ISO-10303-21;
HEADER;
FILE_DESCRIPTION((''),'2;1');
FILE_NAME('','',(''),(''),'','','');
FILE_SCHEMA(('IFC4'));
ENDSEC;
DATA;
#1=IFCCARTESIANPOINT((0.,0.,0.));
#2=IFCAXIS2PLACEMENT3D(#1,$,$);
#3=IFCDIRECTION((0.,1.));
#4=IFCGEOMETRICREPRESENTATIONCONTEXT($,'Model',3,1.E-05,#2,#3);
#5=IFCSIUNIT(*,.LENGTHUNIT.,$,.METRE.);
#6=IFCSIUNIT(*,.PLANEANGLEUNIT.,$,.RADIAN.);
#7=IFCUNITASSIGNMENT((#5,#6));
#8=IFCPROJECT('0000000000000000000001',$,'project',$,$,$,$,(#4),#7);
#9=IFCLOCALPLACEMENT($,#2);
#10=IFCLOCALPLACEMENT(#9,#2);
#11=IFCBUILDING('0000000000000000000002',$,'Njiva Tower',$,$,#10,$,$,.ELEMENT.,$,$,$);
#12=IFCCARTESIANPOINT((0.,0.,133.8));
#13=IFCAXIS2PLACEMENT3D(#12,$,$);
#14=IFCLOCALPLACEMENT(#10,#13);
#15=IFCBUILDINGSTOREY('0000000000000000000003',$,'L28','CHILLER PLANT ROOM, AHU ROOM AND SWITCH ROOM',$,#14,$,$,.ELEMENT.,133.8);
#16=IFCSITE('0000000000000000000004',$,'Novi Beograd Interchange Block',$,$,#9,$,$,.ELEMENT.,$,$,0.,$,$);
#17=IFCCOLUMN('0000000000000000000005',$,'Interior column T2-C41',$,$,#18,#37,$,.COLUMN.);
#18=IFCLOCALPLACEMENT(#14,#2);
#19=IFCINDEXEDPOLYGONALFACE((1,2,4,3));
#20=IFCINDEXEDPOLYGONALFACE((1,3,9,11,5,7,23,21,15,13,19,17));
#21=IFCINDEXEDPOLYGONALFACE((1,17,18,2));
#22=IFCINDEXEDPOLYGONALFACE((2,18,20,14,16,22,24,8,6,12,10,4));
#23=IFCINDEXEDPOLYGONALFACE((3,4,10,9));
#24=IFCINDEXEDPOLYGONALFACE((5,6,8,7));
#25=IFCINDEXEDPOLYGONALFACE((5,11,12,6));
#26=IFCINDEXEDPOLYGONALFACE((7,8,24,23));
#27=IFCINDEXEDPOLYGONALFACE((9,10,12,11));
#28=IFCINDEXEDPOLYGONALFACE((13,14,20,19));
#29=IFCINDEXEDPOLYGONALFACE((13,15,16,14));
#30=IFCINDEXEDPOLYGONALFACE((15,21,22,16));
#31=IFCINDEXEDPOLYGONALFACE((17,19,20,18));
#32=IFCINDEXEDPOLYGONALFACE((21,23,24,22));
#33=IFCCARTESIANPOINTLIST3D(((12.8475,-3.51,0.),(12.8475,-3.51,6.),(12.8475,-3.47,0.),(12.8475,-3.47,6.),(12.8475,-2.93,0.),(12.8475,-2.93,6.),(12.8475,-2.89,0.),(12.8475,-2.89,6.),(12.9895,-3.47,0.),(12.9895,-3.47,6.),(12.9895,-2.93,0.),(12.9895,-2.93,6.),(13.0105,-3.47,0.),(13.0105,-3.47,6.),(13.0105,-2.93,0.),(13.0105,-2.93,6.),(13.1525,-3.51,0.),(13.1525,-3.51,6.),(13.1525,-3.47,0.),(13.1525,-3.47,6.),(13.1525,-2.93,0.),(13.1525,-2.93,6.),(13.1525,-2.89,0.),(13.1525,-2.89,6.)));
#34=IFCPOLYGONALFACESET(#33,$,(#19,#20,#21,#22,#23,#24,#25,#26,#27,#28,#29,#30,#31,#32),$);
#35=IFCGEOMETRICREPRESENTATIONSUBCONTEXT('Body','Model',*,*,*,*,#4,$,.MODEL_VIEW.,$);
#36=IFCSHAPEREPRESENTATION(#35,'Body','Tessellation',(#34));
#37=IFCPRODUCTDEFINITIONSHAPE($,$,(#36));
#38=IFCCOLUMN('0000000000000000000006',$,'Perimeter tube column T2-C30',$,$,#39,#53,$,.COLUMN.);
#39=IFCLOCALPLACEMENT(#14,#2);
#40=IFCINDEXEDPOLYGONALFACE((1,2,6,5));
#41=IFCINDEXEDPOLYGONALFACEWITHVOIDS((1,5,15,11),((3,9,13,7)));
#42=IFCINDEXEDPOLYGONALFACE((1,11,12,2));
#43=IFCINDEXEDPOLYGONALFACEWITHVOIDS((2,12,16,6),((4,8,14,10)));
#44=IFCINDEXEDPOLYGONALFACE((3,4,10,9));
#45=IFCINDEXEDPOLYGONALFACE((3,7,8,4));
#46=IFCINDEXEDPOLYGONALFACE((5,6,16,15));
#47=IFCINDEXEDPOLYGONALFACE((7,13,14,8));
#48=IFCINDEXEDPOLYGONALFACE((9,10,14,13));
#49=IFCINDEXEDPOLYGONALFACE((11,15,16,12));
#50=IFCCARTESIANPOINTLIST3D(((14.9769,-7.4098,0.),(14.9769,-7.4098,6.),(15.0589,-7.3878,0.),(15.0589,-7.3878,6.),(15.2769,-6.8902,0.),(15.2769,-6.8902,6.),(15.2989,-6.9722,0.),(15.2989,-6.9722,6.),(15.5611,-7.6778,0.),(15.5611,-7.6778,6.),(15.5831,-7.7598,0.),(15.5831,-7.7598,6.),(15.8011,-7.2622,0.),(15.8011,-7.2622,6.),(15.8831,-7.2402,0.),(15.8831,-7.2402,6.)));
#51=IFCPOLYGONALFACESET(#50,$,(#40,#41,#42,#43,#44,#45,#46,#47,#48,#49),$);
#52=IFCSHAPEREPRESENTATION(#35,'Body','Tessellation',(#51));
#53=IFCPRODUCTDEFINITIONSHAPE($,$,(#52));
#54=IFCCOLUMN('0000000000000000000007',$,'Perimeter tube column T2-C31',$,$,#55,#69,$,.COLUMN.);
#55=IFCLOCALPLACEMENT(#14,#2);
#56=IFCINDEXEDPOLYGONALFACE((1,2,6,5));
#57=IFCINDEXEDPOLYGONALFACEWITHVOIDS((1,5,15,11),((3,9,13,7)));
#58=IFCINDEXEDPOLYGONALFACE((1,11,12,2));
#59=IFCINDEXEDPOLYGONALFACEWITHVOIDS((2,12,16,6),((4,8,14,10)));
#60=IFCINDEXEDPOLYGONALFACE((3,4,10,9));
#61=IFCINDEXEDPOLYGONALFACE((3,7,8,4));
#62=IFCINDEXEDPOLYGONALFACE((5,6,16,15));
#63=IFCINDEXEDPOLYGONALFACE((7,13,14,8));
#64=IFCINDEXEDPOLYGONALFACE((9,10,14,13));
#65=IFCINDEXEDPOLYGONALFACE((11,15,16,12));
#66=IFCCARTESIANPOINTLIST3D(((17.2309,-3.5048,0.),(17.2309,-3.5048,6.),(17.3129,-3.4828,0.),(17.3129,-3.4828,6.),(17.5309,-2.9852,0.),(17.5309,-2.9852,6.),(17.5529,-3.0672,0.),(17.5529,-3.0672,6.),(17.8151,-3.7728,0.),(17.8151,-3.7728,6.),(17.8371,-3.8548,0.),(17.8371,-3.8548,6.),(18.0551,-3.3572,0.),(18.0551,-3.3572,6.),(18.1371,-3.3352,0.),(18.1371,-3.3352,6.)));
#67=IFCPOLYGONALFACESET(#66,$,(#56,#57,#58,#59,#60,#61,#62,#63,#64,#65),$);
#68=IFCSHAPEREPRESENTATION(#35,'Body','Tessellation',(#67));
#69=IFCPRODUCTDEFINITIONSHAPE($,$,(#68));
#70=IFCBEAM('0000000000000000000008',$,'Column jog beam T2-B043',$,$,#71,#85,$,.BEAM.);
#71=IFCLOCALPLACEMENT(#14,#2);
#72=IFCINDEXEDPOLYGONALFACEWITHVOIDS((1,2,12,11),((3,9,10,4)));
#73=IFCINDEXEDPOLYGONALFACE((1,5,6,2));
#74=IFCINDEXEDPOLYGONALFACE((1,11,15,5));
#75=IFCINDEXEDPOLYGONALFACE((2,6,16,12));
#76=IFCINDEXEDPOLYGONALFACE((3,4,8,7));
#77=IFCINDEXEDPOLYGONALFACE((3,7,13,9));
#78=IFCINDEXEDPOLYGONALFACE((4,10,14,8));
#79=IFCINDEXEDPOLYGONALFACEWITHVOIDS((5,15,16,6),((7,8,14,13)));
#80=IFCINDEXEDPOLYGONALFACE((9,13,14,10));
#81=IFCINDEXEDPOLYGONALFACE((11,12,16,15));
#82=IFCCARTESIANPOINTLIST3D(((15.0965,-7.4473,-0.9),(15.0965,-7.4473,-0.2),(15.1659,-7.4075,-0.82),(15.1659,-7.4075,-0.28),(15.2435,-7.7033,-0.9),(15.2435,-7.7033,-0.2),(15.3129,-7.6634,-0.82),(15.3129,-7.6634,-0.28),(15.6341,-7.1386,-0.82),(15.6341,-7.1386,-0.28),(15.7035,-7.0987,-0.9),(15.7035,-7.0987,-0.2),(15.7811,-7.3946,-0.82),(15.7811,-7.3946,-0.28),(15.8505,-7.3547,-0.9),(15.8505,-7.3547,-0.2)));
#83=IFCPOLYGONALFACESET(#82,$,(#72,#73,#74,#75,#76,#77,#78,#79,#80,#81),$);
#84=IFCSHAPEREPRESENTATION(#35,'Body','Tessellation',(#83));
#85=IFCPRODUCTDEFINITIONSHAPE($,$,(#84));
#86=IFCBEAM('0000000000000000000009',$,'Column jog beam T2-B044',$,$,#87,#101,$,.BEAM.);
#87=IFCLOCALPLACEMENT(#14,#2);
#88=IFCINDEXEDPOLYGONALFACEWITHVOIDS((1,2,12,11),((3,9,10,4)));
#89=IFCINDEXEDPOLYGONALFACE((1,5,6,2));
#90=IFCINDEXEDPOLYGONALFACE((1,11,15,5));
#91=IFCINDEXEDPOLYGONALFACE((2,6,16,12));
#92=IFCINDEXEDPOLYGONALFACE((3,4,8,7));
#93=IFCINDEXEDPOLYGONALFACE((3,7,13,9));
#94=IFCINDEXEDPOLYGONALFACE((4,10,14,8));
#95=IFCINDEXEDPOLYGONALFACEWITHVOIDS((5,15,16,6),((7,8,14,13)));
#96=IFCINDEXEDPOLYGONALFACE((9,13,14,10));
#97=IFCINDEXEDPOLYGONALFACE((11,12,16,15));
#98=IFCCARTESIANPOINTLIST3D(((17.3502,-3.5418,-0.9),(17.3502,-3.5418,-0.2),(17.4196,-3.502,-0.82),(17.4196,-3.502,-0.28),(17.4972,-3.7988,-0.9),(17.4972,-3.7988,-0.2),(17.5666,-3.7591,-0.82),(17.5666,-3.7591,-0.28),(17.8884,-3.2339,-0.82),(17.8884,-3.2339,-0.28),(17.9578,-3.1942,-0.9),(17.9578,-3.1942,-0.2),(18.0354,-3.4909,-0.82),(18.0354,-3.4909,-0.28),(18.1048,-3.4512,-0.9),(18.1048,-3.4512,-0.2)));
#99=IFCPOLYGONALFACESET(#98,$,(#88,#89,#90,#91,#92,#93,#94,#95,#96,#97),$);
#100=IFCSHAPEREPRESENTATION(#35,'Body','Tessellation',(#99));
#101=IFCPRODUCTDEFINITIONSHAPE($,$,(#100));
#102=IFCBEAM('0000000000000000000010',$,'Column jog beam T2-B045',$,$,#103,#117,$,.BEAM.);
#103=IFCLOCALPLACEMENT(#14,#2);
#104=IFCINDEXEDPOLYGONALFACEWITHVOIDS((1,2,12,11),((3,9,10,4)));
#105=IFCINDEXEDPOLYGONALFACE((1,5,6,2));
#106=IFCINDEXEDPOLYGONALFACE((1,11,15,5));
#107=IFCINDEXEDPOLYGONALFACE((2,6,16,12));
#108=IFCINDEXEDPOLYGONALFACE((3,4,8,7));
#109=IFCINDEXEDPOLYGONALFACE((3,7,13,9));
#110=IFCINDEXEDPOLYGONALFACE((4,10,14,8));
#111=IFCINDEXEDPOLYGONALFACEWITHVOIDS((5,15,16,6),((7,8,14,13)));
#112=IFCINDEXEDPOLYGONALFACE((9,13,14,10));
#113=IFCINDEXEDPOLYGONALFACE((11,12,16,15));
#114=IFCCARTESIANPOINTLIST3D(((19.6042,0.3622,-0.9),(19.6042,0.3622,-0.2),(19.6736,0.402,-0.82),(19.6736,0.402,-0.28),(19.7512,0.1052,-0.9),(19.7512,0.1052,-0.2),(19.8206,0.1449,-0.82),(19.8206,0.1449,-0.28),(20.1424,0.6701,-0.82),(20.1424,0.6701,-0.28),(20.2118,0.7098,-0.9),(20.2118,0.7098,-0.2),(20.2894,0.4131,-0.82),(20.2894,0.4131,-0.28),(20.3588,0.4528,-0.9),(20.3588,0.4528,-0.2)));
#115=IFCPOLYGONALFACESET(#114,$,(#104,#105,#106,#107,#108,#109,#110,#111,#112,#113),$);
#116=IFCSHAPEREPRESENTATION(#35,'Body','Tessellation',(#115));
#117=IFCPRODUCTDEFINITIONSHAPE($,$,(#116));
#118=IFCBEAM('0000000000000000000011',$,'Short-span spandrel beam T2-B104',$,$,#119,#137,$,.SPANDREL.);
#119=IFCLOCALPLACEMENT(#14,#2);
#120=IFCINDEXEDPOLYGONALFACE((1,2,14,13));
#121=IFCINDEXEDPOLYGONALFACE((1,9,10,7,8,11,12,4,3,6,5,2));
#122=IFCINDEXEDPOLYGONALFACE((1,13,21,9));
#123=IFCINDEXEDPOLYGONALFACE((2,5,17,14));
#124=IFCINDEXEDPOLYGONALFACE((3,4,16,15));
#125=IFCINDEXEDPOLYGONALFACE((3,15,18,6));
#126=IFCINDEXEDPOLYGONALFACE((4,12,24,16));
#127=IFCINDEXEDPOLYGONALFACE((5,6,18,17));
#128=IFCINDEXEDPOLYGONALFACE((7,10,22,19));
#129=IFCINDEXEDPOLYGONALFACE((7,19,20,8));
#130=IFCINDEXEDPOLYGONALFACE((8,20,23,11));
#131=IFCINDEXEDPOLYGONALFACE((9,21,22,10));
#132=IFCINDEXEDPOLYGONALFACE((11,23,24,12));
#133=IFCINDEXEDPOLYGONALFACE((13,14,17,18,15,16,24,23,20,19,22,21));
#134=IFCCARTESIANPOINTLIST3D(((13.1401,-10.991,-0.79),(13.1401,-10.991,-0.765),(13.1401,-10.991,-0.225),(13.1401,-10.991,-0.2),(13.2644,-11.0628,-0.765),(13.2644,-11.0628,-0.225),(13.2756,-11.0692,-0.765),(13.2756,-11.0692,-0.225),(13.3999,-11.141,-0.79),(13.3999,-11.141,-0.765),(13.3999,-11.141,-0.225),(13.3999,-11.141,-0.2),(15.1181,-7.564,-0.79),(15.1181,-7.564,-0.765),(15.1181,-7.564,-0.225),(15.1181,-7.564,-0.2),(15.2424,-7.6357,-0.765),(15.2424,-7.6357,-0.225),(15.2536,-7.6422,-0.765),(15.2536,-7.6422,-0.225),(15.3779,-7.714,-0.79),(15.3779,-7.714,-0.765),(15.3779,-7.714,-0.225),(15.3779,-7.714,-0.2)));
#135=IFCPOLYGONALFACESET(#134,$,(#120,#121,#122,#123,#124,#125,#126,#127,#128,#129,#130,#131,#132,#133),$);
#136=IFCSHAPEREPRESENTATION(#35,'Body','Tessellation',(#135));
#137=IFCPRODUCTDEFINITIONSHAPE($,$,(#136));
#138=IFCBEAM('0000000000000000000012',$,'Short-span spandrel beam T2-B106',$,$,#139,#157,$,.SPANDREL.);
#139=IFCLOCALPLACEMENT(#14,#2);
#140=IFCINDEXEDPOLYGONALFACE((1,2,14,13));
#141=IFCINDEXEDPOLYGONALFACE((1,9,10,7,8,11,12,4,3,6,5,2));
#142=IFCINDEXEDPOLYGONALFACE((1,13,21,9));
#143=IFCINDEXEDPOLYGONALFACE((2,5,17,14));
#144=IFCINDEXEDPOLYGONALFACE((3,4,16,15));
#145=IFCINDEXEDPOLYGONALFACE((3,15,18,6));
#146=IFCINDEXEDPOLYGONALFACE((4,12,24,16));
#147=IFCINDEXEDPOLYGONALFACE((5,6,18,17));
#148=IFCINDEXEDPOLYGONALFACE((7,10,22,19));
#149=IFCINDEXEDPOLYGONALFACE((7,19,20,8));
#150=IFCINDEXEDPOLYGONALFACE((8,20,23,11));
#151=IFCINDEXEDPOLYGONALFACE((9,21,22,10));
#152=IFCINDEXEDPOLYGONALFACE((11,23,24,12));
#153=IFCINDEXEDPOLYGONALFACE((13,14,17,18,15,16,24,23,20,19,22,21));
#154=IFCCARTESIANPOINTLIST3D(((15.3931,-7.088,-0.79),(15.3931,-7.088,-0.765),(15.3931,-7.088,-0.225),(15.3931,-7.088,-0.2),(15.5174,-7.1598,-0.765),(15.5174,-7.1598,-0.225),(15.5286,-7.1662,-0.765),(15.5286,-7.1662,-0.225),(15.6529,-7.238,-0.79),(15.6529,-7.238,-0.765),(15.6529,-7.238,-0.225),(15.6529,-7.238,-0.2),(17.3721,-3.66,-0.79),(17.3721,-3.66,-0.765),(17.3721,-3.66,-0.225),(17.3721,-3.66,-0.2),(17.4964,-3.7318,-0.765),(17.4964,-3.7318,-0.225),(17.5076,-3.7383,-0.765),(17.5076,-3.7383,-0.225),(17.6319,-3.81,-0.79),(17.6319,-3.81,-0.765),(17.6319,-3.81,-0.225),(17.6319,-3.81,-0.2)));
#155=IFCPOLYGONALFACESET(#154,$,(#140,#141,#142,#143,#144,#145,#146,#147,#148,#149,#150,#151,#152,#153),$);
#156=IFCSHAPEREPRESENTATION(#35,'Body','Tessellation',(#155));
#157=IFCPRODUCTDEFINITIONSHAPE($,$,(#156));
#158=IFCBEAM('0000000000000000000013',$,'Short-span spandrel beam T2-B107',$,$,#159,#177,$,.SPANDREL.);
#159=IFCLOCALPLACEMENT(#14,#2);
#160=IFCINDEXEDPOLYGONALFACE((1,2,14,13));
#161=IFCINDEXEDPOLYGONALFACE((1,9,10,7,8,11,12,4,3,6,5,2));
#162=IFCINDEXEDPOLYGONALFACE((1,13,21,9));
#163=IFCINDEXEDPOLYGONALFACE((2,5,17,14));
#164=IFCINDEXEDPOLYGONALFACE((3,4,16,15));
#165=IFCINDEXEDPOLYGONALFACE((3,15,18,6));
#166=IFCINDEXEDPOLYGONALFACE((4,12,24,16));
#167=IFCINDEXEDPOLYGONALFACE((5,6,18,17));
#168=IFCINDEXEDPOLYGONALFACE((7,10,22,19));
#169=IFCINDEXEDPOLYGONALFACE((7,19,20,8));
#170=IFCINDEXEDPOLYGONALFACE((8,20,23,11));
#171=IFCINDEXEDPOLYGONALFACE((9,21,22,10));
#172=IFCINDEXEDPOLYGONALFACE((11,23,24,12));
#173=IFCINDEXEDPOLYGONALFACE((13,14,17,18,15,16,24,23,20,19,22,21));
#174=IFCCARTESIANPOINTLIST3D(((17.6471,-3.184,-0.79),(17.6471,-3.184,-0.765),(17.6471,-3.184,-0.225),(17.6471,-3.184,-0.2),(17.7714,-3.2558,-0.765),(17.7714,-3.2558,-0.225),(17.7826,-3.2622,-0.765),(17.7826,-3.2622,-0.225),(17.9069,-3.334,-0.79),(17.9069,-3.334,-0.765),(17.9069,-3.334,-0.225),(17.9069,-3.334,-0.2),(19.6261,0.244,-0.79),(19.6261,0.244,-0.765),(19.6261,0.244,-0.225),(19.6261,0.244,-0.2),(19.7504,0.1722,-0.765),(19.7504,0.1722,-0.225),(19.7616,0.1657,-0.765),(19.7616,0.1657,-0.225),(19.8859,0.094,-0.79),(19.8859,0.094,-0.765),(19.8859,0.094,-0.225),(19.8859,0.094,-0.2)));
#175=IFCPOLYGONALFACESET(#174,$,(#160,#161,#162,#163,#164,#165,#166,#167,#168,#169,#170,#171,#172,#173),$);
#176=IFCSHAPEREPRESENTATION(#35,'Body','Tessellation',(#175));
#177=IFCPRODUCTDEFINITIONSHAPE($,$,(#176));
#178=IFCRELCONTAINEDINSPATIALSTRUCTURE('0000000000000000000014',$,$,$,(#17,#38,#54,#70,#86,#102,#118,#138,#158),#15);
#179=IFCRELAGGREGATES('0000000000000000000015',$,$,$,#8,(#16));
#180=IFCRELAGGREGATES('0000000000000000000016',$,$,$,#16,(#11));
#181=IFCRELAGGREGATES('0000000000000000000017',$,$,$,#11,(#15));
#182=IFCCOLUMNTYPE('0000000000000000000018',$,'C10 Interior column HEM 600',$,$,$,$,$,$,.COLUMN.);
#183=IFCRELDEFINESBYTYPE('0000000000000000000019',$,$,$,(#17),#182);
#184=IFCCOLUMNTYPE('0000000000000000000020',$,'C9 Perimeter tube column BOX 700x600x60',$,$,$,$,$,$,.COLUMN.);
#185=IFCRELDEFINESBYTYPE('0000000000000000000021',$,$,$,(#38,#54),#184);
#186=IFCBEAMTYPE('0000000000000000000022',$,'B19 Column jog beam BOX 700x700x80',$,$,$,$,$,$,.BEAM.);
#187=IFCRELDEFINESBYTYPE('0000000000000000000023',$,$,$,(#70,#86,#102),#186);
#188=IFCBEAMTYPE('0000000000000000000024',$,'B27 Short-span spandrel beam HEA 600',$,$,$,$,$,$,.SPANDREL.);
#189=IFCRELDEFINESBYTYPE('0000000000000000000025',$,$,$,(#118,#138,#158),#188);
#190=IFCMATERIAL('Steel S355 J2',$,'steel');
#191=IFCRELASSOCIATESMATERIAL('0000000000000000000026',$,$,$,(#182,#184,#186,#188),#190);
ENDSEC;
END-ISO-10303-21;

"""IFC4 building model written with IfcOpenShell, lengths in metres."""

from ifc_helpers import new_model, si_unit, direction, frame, origin, origin_2d, place, context, subcontext, project, spatial, hollow_rectangle, i_section, extrude, material, material_profile, profile_set, type_object, element, save


model = new_model("IFC4")

# Units and contexts
model_context = context("Model", 3, precision=1e-05, world=origin(), true_north=direction((0.0, 1.0)))
body_context = subcontext(model_context, "Body", "Model", "MODEL_VIEW")
ifc_project = project(units=[si_unit("LENGTHUNIT", "METRE"), si_unit("PLANEANGLEUNIT", "RADIAN")], contexts=[model_context])

# Site, building, storey
site_placement = place(None, origin())
site = spatial("IfcSite", under=ifc_project, at=site_placement, Name="Novi Beograd Interchange Block", CompositionType="ELEMENT", RefElevation=0.0)
building_placement = place(site_placement, origin())
building = spatial("IfcBuilding", under=site, at=building_placement, Name="Njiva Tower", CompositionType="ELEMENT")
storey_placement = place(building_placement, frame((0.0, 0.0, 133.8)))
storey = spatial("IfcBuildingStorey", under=building, at=storey_placement, Name="L28", Description="CHILLER PLANT ROOM, AHU ROOM AND SWITCH ROOM", CompositionType="ELEMENT", Elevation=133.8)

# Columns
ifc_material_1 = material(Name="Steel S355 J2", Category="steel")
ifc_material_profile_1 = material_profile(ifc_material_1, i_section(OverallWidth=0.305, OverallDepth=0.62, WebThickness=0.021, FlangeThickness=0.04, at=origin_2d()), Name="HEM 600")
ifc_profile_set_1 = profile_set([ifc_material_profile_1], Name="Steel S355 J2")
column_type_1 = type_object("IfcColumnType", Name="C10 Interior column HEM 600", PredefinedType="COLUMN", material=ifc_profile_set_1)
column_placement = place(storey_placement, frame((13.0, -3.2, 0.0), z_axis=(0.0, 0.0, 1.0), x_axis=(1.0, 0.0, 0.0)))
element("IfcColumn", 1, at=column_placement, inside=storey, type_object=column_type_1, Name="Interior column T2-C41", PredefinedType="COLUMN", context=body_context, shape_type="SweptSolid", body=[
    extrude(i_section(OverallWidth=0.305, OverallDepth=0.62, WebThickness=0.021, FlangeThickness=0.04, at=origin_2d()), origin(), (0.0, 0.0, 1.0), 6.0),
])
ifc_material_profile_2 = material_profile(ifc_material_1, hollow_rectangle(XDim=0.6, YDim=0.7, WallThickness=0.06, at=origin_2d()), Name="BOX 700x600x60")
ifc_profile_set_2 = profile_set([ifc_material_profile_2], Name="Steel S355 J2")
column_type_2 = type_object("IfcColumnType", Name="C9 Perimeter tube column BOX 700x600x60", PredefinedType="COLUMN", material=ifc_profile_set_2)
for number, where, z_axis, x_axis, name in (
    (2, (15.43, -7.325, 0.0), (0.0, 0.0, 1.0), (0.5, 0.866025, 0.0), "Perimeter tube column T2-C30"),
    (3, (17.684, -3.42, 0.0), (0.0, 0.0, 1.0), (0.5, 0.866025, 0.0), "Perimeter tube column T2-C31"),
):
    element("IfcColumn", number, at=place(storey_placement, frame(where, z_axis=z_axis, x_axis=x_axis)), inside=storey, type_object=column_type_2, Name=name, PredefinedType="COLUMN", context=body_context, shape_type="SweptSolid", body=[
        extrude(hollow_rectangle(XDim=0.6, YDim=0.7, WallThickness=0.06, at=origin_2d()), origin(), (0.0, 0.0, 1.0), 6.0),
    ])

# Beams
ifc_material_profile_3 = material_profile(ifc_material_1, hollow_rectangle(XDim=0.7, YDim=0.7, WallThickness=0.08, at=origin_2d()), Name="BOX 700x700x80")
ifc_profile_set_3 = profile_set([ifc_material_profile_3], Name="Steel S355 J2")
beam_type_1 = type_object("IfcBeamType", Name="B19 Column jog beam BOX 700x700x80", PredefinedType="BEAM", material=ifc_profile_set_3)
beam_1_placement = place(storey_placement, frame((15.547, -7.529, -0.55), z_axis=(-0.497962, 0.867199, 0.0), x_axis=(-0.867199, -0.497962, 0.0)))
element("IfcBeam", 4, at=beam_1_placement, inside=storey, type_object=beam_type_1, Name="Column jog beam T2-B043", PredefinedType="BEAM", context=body_context, shape_type="SweptSolid", body=[
    extrude(hollow_rectangle(XDim=0.7, YDim=0.7, WallThickness=0.08, at=origin_2d()), origin(), (0.0, 0.0, 1.0), 0.2952),
])
for number, where, z_axis, x_axis, name in (
    (5, (17.801, -3.625, -0.55), (-0.496503, 0.868035, 0.0), (-0.868035, -0.496503, 0.0), "Column jog beam T2-B044"),
    (6, (20.055, 0.279, -0.55), (-0.496503, 0.868035, 0.0), (-0.868035, -0.496503, 0.0), "Column jog beam T2-B045"),
):
    element("IfcBeam", number, at=place(storey_placement, frame(where, z_axis=z_axis, x_axis=x_axis)), inside=storey, type_object=beam_type_1, Name=name, PredefinedType="BEAM", context=body_context, shape_type="SweptSolid", body=[
        extrude(hollow_rectangle(XDim=0.7, YDim=0.7, WallThickness=0.08, at=origin_2d()), origin(), (0.0, 0.0, 1.0), 0.2961),
    ])
ifc_material_profile_4 = material_profile(ifc_material_1, i_section(OverallWidth=0.3, OverallDepth=0.59, WebThickness=0.013, FlangeThickness=0.025, at=origin_2d()), Name="HEA 600")
ifc_profile_set_4 = profile_set([ifc_material_profile_4], Name="Steel S355 J2")
beam_type_2 = type_object("IfcBeamType", Name="B27 Short-span spandrel beam HEA 600", PredefinedType="SPANDREL", material=ifc_profile_set_4)
beam_2_placement = place(storey_placement, frame((13.27, -11.066, -0.495), z_axis=(0.49989, 0.866089, 0.0), x_axis=(-0.866089, 0.49989, 0.0)))
element("IfcBeam", 7, at=beam_2_placement, inside=storey, type_object=beam_type_2, Name="Short-span spandrel beam T2-B104", PredefinedType="SPANDREL", context=body_context, shape_type="SweptSolid", body=[
    extrude(i_section(OverallWidth=0.3, OverallDepth=0.59, WebThickness=0.013, FlangeThickness=0.025, at=origin_2d()), origin(), (0.0, 0.0, 1.0), 3.9569),
])
for number, where, z_axis, x_axis, name in (
    (8, (15.523, -7.163, -0.495), (0.49997, 0.866043, 0.0), (-0.866043, 0.49997, 0.0), "Short-span spandrel beam T2-B106"),
    (9, (17.777, -3.259, -0.495), (0.49997, 0.866043, 0.0), (-0.866043, 0.49997, 0.0), "Short-span spandrel beam T2-B107"),
):
    element("IfcBeam", number, at=place(storey_placement, frame(where, z_axis=z_axis, x_axis=x_axis)), inside=storey, type_object=beam_type_2, Name=name, PredefinedType="SPANDREL", context=body_context, shape_type="SweptSolid", body=[
        extrude(i_section(OverallWidth=0.3, OverallDepth=0.59, WebThickness=0.013, FlangeThickness=0.025, at=origin_2d()), origin(), (0.0, 0.0, 1.0), 3.9582),
    ])

save(model, "model.ifc")
